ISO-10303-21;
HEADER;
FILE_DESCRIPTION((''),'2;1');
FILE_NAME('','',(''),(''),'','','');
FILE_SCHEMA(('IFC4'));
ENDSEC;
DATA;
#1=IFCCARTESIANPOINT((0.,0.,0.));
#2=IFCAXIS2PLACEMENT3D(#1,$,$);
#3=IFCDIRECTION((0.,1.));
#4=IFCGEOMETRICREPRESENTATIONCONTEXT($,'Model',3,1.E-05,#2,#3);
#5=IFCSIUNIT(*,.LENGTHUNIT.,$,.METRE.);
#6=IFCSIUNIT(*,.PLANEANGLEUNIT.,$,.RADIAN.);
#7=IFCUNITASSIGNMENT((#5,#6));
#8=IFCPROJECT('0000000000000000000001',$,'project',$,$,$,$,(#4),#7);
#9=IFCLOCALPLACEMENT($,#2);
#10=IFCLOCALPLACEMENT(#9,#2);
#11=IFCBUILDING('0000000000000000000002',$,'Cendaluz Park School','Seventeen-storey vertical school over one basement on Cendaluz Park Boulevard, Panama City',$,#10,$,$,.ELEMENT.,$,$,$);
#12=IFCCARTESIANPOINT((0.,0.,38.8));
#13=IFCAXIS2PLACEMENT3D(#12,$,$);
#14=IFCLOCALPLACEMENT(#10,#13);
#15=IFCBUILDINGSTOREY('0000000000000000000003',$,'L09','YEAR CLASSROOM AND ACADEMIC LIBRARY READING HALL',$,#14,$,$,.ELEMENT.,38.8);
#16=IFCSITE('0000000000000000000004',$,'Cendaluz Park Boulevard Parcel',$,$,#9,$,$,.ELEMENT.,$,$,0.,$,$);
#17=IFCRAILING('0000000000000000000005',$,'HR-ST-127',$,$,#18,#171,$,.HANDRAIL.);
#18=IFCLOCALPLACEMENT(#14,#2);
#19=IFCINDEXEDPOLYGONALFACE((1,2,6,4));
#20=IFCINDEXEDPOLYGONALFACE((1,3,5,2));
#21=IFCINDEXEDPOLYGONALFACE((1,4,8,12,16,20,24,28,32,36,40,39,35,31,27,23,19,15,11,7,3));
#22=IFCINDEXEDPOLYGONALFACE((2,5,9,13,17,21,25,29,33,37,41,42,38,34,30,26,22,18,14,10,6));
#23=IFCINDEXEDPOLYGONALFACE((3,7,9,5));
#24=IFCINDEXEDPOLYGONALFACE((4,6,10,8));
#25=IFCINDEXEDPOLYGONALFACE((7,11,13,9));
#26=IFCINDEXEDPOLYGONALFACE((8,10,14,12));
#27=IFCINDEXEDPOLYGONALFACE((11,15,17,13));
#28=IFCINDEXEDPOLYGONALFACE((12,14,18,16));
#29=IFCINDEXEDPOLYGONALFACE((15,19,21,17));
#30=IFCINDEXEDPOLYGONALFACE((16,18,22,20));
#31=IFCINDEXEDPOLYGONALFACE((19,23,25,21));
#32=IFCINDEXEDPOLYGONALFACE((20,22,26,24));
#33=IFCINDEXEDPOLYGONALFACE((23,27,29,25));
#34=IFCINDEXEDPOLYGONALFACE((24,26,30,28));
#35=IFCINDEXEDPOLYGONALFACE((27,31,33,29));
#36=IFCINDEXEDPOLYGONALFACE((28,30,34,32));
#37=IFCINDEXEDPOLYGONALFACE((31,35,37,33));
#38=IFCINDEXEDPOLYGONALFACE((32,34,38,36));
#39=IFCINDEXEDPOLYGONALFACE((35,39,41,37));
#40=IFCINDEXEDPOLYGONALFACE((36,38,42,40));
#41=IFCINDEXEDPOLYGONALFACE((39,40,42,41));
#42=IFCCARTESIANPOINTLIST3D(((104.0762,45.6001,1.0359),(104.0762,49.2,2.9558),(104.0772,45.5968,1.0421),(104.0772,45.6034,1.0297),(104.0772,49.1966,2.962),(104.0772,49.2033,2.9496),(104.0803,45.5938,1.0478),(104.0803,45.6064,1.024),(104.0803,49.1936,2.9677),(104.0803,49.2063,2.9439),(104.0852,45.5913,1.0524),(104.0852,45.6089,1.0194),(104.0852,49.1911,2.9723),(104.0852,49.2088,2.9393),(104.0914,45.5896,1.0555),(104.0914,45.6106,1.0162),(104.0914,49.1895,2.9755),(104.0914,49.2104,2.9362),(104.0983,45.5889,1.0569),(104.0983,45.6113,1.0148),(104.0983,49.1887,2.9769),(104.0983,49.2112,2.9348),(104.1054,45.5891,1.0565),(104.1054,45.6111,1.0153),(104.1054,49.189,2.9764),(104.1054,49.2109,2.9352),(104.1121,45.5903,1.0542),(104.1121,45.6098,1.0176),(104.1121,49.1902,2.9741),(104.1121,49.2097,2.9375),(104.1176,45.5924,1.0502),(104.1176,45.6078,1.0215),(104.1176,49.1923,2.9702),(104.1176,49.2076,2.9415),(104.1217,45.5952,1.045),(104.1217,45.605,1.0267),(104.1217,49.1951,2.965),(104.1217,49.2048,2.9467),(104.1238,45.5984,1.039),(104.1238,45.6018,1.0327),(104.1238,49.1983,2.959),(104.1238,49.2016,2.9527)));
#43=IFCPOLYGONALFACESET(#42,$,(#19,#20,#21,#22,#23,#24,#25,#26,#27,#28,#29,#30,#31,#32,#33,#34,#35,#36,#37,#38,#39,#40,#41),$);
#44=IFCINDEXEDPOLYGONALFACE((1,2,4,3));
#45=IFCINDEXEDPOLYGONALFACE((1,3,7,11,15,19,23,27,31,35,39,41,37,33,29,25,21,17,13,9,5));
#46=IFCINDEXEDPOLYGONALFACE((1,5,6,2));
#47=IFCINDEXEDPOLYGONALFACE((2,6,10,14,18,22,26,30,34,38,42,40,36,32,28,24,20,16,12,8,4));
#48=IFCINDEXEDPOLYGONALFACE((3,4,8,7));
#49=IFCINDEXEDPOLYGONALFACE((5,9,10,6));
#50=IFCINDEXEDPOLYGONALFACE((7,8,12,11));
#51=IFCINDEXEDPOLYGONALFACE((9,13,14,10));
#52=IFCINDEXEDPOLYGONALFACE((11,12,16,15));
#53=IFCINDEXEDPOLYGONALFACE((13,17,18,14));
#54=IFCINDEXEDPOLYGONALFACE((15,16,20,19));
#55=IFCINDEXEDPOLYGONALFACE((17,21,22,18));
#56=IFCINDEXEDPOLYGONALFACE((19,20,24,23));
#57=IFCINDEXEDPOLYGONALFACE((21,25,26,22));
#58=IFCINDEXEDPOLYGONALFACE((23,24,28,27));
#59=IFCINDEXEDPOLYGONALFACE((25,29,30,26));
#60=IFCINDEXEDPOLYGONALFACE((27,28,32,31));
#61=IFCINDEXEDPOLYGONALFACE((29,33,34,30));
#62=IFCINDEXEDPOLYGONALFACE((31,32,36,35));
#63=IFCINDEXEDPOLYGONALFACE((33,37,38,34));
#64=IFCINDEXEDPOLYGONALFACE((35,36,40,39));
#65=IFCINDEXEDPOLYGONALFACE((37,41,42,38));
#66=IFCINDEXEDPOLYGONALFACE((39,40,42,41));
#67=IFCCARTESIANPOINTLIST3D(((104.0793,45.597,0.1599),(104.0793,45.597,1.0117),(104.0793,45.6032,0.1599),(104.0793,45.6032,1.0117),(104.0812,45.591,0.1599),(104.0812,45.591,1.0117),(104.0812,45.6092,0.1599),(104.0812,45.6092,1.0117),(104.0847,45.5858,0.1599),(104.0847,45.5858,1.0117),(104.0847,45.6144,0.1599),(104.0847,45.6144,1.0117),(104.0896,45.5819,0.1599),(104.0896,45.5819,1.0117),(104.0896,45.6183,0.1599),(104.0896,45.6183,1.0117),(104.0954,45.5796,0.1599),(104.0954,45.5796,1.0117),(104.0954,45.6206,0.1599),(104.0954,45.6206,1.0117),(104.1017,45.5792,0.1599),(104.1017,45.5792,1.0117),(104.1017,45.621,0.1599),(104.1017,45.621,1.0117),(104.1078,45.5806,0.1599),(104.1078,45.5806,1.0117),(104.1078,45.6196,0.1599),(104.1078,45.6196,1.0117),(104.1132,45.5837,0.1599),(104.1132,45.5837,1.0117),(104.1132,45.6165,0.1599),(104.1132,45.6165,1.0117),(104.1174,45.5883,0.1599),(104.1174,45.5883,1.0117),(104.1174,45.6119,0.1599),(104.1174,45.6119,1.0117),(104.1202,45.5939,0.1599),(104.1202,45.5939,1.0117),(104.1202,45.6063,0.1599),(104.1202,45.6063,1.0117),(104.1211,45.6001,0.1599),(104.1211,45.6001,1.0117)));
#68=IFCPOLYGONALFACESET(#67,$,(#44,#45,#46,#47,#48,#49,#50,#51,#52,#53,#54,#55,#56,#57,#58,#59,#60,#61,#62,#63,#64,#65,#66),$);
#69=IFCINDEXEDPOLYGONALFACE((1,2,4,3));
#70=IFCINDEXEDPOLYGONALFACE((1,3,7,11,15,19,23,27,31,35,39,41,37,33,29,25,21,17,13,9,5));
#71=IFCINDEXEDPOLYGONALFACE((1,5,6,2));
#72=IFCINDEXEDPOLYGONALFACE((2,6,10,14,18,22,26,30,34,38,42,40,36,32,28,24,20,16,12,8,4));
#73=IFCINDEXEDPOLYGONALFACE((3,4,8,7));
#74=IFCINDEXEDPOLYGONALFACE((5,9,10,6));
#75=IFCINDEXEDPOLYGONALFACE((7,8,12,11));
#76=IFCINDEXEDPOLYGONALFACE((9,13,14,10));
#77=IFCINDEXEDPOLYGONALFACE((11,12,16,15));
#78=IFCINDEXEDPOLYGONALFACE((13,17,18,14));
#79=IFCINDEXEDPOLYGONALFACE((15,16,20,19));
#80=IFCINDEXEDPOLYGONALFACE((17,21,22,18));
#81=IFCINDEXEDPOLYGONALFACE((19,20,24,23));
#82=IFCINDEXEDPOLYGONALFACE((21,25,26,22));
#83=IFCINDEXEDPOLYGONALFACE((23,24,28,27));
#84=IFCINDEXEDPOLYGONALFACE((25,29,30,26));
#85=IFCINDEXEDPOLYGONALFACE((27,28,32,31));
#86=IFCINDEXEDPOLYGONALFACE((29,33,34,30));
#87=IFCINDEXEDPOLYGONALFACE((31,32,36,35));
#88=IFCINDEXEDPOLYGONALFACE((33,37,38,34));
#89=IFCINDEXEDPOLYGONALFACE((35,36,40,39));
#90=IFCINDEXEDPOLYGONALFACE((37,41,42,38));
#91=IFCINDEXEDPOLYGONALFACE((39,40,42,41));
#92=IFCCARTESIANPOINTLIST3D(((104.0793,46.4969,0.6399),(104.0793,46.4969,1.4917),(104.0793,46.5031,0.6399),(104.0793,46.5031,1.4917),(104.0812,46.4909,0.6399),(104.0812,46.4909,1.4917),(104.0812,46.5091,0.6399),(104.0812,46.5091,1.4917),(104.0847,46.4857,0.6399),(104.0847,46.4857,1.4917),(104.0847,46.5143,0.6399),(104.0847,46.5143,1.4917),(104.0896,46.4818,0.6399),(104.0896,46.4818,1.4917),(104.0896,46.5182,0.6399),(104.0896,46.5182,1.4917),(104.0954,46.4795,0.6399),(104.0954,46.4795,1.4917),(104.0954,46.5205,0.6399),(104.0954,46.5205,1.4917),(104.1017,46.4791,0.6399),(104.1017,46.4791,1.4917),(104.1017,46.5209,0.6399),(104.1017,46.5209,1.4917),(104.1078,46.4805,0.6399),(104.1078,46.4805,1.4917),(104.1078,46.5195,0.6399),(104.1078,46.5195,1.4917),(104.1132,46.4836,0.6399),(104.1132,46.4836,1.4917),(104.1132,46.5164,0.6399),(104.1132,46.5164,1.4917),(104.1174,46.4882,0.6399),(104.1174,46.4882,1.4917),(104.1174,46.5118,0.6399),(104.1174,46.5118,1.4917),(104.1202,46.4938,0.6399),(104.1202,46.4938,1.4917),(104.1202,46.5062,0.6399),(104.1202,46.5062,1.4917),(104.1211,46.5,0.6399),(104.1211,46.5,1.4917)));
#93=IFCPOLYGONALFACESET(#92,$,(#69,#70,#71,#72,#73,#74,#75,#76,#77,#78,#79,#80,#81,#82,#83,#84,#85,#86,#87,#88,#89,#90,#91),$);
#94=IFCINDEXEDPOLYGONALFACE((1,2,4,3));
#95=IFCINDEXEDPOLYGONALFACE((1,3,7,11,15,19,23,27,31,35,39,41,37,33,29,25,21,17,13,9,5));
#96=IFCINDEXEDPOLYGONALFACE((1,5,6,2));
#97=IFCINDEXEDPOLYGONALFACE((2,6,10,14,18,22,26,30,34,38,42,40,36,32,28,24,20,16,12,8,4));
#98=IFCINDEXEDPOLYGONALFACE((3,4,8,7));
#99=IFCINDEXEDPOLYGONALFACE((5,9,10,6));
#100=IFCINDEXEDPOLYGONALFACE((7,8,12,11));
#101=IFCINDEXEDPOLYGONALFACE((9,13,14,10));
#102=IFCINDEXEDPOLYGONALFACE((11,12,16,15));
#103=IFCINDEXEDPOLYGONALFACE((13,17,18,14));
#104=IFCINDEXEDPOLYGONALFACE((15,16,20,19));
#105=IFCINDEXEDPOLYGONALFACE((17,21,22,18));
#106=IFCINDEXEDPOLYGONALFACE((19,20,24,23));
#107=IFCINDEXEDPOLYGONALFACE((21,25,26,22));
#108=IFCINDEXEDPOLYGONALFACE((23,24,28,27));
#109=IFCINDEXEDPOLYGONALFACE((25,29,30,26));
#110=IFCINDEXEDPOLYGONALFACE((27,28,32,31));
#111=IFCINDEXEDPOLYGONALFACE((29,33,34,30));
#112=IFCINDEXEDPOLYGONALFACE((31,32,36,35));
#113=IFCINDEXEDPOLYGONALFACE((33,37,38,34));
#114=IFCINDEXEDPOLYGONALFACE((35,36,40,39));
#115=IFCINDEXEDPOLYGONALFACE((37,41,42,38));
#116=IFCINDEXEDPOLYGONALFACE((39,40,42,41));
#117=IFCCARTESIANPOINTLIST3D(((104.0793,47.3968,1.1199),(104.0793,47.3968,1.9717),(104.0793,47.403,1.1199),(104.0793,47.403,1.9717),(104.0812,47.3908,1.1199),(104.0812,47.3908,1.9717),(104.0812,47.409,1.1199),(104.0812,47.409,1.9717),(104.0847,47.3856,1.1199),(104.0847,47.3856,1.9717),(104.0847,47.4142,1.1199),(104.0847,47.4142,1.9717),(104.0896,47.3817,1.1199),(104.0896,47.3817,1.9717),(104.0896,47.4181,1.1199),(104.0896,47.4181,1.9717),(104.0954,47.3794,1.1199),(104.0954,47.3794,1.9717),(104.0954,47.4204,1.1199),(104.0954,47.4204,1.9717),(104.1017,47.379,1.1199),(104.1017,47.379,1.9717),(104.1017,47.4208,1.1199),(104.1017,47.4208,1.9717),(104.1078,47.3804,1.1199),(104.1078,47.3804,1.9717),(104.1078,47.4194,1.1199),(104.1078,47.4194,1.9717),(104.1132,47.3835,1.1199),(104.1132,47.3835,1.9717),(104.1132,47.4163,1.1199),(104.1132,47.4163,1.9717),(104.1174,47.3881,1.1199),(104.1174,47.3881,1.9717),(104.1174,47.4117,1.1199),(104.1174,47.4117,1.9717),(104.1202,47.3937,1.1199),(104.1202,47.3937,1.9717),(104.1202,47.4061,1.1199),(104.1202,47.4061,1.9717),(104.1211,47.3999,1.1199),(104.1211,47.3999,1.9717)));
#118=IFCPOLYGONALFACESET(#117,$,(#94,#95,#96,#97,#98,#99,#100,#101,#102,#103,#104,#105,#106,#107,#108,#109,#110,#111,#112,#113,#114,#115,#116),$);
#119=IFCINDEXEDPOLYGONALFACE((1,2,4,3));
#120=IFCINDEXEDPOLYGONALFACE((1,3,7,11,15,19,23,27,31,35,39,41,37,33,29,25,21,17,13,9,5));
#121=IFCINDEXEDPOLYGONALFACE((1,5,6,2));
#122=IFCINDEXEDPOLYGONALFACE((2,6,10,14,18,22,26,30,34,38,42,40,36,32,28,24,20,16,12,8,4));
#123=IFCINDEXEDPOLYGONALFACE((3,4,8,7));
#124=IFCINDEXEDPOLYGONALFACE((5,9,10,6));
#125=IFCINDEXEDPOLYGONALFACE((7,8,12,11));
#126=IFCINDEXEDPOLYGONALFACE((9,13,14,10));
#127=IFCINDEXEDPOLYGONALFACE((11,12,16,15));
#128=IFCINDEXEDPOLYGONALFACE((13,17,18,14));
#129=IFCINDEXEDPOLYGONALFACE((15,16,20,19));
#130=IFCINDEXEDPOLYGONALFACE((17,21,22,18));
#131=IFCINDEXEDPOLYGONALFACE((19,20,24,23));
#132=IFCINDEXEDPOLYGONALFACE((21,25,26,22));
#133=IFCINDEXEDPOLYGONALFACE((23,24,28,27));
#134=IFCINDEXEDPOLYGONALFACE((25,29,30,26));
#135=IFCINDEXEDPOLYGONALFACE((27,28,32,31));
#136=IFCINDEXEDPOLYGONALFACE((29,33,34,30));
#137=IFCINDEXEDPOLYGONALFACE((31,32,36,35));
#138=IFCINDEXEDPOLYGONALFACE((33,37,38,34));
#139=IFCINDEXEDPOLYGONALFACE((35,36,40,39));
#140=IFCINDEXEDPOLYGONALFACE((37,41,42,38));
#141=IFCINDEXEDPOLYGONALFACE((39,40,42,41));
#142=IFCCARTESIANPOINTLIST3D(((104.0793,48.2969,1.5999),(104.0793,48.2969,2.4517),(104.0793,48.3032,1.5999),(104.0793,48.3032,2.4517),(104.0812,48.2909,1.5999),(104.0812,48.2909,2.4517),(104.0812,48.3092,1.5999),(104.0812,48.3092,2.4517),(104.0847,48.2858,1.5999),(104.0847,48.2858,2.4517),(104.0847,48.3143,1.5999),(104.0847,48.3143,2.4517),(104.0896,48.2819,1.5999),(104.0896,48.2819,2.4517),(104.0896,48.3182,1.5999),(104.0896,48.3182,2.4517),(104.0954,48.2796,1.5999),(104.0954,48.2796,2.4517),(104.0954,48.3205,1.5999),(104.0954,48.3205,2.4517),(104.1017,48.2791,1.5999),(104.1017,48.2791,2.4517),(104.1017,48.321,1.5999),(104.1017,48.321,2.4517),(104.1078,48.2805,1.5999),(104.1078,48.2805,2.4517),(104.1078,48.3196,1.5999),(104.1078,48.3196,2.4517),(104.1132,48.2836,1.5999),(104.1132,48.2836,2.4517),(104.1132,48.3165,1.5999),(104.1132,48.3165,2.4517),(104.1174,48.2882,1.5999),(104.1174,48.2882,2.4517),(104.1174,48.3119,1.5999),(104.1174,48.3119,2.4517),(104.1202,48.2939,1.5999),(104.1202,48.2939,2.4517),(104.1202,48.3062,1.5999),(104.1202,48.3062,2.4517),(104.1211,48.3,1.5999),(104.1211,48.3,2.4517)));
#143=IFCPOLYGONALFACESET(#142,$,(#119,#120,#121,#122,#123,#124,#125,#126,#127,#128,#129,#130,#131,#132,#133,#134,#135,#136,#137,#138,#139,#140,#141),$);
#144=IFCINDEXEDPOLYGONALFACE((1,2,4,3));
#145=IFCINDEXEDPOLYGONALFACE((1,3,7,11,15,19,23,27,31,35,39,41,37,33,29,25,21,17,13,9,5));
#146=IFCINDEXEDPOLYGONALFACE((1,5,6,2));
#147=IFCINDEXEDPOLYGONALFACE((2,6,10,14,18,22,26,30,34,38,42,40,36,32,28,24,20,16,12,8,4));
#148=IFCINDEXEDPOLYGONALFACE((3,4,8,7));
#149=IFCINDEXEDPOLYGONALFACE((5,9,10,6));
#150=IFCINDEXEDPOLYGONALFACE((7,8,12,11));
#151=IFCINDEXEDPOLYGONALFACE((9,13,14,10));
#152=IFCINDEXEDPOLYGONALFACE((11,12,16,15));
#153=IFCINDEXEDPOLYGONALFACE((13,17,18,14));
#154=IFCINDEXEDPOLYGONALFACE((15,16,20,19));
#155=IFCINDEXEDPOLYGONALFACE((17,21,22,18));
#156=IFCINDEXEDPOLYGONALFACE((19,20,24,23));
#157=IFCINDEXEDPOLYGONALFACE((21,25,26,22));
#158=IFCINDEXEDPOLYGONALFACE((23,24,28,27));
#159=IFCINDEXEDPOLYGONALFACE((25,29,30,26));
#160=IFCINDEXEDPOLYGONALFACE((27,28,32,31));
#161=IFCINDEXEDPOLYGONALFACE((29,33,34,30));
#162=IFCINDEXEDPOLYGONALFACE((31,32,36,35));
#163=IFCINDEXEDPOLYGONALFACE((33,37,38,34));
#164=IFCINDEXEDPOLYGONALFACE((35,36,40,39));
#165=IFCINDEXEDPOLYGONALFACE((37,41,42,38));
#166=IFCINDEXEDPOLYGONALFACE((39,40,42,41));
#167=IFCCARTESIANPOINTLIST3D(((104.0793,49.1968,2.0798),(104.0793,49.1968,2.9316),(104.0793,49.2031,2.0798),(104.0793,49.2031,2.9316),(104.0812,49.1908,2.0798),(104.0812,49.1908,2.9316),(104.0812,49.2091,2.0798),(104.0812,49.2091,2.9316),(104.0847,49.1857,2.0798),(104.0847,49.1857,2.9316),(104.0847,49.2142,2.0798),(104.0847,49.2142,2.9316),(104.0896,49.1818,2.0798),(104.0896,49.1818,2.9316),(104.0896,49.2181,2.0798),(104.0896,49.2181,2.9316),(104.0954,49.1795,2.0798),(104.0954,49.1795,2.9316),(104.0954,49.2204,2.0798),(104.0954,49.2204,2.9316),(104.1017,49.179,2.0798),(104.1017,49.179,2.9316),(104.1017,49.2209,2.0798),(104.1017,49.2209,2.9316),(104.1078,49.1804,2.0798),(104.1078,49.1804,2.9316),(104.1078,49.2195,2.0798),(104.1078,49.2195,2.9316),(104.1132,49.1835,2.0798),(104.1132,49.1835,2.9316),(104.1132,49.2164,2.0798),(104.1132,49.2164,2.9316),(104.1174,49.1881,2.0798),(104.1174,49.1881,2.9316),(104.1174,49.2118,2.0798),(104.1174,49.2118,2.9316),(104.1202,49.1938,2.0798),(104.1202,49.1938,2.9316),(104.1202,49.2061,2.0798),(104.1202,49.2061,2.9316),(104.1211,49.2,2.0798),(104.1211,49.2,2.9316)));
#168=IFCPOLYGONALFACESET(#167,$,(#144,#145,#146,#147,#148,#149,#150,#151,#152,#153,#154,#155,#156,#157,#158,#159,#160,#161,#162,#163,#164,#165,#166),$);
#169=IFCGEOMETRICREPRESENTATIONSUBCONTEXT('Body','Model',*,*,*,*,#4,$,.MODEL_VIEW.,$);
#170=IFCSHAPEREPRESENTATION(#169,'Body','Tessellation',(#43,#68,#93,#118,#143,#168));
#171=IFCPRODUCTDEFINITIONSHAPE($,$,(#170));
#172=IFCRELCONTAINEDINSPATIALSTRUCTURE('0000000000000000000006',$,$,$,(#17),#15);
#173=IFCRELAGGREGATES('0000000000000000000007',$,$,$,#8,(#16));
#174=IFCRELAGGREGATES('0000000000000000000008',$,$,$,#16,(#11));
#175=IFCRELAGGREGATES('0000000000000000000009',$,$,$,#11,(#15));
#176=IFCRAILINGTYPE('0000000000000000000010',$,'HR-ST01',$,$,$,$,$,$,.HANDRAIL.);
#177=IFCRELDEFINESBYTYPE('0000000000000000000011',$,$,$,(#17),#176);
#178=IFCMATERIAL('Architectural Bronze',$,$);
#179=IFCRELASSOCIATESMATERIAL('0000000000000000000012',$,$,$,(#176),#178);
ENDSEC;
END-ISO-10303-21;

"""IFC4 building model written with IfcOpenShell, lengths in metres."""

from ifc_helpers import new_model, si_unit, direction, frame, origin, origin_2d, place, context, subcontext, project, spatial, circle, extrude, material, type_object, element, save


model = new_model("IFC4")

# Units and contexts
model_context = context("Model", 3, precision=1e-05, world=origin(), true_north=direction((0.0, 1.0)))
body_context = subcontext(model_context, "Body", "Model", "MODEL_VIEW")
ifc_project = project(units=[si_unit("LENGTHUNIT", "METRE"), si_unit("PLANEANGLEUNIT", "RADIAN")], contexts=[model_context])

# Site, building, storey
site_placement = place(None, origin())
site = spatial("IfcSite", under=ifc_project, at=site_placement, Name="Cendaluz Park Boulevard Parcel", CompositionType="ELEMENT", RefElevation=0.0)
building_placement = place(site_placement, origin())
building = spatial("IfcBuilding", under=site, at=building_placement, Name="Cendaluz Park School", Description="Seventeen-storey vertical school over one basement on Cendaluz Park Boulevard, Panama City", CompositionType="ELEMENT")
storey_placement = place(building_placement, frame((0.0, 0.0, 38.8)))
storey = spatial("IfcBuildingStorey", under=building, at=storey_placement, Name="L09", Description="YEAR CLASSROOM AND ACADEMIC LIBRARY READING HALL", CompositionType="ELEMENT", Elevation=38.8)

# Railing
ifc_material_1 = material(Name="Architectural Bronze")
railing_type_1 = type_object("IfcRailingType", Name="HR-ST01", PredefinedType="HANDRAIL", material=ifc_material_1)
railing_1_placement = place(storey_placement, frame((104.1001, 45.6001, 0.1599)))
element("IfcRailing", 1, at=railing_1_placement, inside=storey, type_object=railing_type_1, Name="HR-ST-127", PredefinedType="HANDRAIL", context=body_context, shape_type="SweptSolid", body=[
    extrude(circle(Radius=0.0239, at=origin_2d()), frame((0.0, 0.0, 0.876), z_axis=(0.0, 0.882353, 0.470588), x_axis=(-1.0, 0.0, 0.0)), (0.0, 0.0, 1.0), 4.0798),
    extrude(circle(Radius=0.021, at=origin_2d()), origin(), (0.0, 0.0, 1.0), 0.8518),
    extrude(circle(Radius=0.021, at=origin_2d()), frame((0.0, 0.8999, 0.48)), (0.0, 0.0, 1.0), 0.8518),
    extrude(circle(Radius=0.021, at=origin_2d()), frame((0.0, 1.7998, 0.96)), (0.0, 0.0, 1.0), 0.8518),
    extrude(circle(Radius=0.021, at=origin_2d()), frame((0.0, 2.7, 1.4399)), (0.0, 0.0, 1.0), 0.8518),
    extrude(circle(Radius=0.021, at=origin_2d()), frame((0.0, 3.5999, 1.9199)), (0.0, 0.0, 1.0), 0.8518),
])

save(model, "model.ifc")
